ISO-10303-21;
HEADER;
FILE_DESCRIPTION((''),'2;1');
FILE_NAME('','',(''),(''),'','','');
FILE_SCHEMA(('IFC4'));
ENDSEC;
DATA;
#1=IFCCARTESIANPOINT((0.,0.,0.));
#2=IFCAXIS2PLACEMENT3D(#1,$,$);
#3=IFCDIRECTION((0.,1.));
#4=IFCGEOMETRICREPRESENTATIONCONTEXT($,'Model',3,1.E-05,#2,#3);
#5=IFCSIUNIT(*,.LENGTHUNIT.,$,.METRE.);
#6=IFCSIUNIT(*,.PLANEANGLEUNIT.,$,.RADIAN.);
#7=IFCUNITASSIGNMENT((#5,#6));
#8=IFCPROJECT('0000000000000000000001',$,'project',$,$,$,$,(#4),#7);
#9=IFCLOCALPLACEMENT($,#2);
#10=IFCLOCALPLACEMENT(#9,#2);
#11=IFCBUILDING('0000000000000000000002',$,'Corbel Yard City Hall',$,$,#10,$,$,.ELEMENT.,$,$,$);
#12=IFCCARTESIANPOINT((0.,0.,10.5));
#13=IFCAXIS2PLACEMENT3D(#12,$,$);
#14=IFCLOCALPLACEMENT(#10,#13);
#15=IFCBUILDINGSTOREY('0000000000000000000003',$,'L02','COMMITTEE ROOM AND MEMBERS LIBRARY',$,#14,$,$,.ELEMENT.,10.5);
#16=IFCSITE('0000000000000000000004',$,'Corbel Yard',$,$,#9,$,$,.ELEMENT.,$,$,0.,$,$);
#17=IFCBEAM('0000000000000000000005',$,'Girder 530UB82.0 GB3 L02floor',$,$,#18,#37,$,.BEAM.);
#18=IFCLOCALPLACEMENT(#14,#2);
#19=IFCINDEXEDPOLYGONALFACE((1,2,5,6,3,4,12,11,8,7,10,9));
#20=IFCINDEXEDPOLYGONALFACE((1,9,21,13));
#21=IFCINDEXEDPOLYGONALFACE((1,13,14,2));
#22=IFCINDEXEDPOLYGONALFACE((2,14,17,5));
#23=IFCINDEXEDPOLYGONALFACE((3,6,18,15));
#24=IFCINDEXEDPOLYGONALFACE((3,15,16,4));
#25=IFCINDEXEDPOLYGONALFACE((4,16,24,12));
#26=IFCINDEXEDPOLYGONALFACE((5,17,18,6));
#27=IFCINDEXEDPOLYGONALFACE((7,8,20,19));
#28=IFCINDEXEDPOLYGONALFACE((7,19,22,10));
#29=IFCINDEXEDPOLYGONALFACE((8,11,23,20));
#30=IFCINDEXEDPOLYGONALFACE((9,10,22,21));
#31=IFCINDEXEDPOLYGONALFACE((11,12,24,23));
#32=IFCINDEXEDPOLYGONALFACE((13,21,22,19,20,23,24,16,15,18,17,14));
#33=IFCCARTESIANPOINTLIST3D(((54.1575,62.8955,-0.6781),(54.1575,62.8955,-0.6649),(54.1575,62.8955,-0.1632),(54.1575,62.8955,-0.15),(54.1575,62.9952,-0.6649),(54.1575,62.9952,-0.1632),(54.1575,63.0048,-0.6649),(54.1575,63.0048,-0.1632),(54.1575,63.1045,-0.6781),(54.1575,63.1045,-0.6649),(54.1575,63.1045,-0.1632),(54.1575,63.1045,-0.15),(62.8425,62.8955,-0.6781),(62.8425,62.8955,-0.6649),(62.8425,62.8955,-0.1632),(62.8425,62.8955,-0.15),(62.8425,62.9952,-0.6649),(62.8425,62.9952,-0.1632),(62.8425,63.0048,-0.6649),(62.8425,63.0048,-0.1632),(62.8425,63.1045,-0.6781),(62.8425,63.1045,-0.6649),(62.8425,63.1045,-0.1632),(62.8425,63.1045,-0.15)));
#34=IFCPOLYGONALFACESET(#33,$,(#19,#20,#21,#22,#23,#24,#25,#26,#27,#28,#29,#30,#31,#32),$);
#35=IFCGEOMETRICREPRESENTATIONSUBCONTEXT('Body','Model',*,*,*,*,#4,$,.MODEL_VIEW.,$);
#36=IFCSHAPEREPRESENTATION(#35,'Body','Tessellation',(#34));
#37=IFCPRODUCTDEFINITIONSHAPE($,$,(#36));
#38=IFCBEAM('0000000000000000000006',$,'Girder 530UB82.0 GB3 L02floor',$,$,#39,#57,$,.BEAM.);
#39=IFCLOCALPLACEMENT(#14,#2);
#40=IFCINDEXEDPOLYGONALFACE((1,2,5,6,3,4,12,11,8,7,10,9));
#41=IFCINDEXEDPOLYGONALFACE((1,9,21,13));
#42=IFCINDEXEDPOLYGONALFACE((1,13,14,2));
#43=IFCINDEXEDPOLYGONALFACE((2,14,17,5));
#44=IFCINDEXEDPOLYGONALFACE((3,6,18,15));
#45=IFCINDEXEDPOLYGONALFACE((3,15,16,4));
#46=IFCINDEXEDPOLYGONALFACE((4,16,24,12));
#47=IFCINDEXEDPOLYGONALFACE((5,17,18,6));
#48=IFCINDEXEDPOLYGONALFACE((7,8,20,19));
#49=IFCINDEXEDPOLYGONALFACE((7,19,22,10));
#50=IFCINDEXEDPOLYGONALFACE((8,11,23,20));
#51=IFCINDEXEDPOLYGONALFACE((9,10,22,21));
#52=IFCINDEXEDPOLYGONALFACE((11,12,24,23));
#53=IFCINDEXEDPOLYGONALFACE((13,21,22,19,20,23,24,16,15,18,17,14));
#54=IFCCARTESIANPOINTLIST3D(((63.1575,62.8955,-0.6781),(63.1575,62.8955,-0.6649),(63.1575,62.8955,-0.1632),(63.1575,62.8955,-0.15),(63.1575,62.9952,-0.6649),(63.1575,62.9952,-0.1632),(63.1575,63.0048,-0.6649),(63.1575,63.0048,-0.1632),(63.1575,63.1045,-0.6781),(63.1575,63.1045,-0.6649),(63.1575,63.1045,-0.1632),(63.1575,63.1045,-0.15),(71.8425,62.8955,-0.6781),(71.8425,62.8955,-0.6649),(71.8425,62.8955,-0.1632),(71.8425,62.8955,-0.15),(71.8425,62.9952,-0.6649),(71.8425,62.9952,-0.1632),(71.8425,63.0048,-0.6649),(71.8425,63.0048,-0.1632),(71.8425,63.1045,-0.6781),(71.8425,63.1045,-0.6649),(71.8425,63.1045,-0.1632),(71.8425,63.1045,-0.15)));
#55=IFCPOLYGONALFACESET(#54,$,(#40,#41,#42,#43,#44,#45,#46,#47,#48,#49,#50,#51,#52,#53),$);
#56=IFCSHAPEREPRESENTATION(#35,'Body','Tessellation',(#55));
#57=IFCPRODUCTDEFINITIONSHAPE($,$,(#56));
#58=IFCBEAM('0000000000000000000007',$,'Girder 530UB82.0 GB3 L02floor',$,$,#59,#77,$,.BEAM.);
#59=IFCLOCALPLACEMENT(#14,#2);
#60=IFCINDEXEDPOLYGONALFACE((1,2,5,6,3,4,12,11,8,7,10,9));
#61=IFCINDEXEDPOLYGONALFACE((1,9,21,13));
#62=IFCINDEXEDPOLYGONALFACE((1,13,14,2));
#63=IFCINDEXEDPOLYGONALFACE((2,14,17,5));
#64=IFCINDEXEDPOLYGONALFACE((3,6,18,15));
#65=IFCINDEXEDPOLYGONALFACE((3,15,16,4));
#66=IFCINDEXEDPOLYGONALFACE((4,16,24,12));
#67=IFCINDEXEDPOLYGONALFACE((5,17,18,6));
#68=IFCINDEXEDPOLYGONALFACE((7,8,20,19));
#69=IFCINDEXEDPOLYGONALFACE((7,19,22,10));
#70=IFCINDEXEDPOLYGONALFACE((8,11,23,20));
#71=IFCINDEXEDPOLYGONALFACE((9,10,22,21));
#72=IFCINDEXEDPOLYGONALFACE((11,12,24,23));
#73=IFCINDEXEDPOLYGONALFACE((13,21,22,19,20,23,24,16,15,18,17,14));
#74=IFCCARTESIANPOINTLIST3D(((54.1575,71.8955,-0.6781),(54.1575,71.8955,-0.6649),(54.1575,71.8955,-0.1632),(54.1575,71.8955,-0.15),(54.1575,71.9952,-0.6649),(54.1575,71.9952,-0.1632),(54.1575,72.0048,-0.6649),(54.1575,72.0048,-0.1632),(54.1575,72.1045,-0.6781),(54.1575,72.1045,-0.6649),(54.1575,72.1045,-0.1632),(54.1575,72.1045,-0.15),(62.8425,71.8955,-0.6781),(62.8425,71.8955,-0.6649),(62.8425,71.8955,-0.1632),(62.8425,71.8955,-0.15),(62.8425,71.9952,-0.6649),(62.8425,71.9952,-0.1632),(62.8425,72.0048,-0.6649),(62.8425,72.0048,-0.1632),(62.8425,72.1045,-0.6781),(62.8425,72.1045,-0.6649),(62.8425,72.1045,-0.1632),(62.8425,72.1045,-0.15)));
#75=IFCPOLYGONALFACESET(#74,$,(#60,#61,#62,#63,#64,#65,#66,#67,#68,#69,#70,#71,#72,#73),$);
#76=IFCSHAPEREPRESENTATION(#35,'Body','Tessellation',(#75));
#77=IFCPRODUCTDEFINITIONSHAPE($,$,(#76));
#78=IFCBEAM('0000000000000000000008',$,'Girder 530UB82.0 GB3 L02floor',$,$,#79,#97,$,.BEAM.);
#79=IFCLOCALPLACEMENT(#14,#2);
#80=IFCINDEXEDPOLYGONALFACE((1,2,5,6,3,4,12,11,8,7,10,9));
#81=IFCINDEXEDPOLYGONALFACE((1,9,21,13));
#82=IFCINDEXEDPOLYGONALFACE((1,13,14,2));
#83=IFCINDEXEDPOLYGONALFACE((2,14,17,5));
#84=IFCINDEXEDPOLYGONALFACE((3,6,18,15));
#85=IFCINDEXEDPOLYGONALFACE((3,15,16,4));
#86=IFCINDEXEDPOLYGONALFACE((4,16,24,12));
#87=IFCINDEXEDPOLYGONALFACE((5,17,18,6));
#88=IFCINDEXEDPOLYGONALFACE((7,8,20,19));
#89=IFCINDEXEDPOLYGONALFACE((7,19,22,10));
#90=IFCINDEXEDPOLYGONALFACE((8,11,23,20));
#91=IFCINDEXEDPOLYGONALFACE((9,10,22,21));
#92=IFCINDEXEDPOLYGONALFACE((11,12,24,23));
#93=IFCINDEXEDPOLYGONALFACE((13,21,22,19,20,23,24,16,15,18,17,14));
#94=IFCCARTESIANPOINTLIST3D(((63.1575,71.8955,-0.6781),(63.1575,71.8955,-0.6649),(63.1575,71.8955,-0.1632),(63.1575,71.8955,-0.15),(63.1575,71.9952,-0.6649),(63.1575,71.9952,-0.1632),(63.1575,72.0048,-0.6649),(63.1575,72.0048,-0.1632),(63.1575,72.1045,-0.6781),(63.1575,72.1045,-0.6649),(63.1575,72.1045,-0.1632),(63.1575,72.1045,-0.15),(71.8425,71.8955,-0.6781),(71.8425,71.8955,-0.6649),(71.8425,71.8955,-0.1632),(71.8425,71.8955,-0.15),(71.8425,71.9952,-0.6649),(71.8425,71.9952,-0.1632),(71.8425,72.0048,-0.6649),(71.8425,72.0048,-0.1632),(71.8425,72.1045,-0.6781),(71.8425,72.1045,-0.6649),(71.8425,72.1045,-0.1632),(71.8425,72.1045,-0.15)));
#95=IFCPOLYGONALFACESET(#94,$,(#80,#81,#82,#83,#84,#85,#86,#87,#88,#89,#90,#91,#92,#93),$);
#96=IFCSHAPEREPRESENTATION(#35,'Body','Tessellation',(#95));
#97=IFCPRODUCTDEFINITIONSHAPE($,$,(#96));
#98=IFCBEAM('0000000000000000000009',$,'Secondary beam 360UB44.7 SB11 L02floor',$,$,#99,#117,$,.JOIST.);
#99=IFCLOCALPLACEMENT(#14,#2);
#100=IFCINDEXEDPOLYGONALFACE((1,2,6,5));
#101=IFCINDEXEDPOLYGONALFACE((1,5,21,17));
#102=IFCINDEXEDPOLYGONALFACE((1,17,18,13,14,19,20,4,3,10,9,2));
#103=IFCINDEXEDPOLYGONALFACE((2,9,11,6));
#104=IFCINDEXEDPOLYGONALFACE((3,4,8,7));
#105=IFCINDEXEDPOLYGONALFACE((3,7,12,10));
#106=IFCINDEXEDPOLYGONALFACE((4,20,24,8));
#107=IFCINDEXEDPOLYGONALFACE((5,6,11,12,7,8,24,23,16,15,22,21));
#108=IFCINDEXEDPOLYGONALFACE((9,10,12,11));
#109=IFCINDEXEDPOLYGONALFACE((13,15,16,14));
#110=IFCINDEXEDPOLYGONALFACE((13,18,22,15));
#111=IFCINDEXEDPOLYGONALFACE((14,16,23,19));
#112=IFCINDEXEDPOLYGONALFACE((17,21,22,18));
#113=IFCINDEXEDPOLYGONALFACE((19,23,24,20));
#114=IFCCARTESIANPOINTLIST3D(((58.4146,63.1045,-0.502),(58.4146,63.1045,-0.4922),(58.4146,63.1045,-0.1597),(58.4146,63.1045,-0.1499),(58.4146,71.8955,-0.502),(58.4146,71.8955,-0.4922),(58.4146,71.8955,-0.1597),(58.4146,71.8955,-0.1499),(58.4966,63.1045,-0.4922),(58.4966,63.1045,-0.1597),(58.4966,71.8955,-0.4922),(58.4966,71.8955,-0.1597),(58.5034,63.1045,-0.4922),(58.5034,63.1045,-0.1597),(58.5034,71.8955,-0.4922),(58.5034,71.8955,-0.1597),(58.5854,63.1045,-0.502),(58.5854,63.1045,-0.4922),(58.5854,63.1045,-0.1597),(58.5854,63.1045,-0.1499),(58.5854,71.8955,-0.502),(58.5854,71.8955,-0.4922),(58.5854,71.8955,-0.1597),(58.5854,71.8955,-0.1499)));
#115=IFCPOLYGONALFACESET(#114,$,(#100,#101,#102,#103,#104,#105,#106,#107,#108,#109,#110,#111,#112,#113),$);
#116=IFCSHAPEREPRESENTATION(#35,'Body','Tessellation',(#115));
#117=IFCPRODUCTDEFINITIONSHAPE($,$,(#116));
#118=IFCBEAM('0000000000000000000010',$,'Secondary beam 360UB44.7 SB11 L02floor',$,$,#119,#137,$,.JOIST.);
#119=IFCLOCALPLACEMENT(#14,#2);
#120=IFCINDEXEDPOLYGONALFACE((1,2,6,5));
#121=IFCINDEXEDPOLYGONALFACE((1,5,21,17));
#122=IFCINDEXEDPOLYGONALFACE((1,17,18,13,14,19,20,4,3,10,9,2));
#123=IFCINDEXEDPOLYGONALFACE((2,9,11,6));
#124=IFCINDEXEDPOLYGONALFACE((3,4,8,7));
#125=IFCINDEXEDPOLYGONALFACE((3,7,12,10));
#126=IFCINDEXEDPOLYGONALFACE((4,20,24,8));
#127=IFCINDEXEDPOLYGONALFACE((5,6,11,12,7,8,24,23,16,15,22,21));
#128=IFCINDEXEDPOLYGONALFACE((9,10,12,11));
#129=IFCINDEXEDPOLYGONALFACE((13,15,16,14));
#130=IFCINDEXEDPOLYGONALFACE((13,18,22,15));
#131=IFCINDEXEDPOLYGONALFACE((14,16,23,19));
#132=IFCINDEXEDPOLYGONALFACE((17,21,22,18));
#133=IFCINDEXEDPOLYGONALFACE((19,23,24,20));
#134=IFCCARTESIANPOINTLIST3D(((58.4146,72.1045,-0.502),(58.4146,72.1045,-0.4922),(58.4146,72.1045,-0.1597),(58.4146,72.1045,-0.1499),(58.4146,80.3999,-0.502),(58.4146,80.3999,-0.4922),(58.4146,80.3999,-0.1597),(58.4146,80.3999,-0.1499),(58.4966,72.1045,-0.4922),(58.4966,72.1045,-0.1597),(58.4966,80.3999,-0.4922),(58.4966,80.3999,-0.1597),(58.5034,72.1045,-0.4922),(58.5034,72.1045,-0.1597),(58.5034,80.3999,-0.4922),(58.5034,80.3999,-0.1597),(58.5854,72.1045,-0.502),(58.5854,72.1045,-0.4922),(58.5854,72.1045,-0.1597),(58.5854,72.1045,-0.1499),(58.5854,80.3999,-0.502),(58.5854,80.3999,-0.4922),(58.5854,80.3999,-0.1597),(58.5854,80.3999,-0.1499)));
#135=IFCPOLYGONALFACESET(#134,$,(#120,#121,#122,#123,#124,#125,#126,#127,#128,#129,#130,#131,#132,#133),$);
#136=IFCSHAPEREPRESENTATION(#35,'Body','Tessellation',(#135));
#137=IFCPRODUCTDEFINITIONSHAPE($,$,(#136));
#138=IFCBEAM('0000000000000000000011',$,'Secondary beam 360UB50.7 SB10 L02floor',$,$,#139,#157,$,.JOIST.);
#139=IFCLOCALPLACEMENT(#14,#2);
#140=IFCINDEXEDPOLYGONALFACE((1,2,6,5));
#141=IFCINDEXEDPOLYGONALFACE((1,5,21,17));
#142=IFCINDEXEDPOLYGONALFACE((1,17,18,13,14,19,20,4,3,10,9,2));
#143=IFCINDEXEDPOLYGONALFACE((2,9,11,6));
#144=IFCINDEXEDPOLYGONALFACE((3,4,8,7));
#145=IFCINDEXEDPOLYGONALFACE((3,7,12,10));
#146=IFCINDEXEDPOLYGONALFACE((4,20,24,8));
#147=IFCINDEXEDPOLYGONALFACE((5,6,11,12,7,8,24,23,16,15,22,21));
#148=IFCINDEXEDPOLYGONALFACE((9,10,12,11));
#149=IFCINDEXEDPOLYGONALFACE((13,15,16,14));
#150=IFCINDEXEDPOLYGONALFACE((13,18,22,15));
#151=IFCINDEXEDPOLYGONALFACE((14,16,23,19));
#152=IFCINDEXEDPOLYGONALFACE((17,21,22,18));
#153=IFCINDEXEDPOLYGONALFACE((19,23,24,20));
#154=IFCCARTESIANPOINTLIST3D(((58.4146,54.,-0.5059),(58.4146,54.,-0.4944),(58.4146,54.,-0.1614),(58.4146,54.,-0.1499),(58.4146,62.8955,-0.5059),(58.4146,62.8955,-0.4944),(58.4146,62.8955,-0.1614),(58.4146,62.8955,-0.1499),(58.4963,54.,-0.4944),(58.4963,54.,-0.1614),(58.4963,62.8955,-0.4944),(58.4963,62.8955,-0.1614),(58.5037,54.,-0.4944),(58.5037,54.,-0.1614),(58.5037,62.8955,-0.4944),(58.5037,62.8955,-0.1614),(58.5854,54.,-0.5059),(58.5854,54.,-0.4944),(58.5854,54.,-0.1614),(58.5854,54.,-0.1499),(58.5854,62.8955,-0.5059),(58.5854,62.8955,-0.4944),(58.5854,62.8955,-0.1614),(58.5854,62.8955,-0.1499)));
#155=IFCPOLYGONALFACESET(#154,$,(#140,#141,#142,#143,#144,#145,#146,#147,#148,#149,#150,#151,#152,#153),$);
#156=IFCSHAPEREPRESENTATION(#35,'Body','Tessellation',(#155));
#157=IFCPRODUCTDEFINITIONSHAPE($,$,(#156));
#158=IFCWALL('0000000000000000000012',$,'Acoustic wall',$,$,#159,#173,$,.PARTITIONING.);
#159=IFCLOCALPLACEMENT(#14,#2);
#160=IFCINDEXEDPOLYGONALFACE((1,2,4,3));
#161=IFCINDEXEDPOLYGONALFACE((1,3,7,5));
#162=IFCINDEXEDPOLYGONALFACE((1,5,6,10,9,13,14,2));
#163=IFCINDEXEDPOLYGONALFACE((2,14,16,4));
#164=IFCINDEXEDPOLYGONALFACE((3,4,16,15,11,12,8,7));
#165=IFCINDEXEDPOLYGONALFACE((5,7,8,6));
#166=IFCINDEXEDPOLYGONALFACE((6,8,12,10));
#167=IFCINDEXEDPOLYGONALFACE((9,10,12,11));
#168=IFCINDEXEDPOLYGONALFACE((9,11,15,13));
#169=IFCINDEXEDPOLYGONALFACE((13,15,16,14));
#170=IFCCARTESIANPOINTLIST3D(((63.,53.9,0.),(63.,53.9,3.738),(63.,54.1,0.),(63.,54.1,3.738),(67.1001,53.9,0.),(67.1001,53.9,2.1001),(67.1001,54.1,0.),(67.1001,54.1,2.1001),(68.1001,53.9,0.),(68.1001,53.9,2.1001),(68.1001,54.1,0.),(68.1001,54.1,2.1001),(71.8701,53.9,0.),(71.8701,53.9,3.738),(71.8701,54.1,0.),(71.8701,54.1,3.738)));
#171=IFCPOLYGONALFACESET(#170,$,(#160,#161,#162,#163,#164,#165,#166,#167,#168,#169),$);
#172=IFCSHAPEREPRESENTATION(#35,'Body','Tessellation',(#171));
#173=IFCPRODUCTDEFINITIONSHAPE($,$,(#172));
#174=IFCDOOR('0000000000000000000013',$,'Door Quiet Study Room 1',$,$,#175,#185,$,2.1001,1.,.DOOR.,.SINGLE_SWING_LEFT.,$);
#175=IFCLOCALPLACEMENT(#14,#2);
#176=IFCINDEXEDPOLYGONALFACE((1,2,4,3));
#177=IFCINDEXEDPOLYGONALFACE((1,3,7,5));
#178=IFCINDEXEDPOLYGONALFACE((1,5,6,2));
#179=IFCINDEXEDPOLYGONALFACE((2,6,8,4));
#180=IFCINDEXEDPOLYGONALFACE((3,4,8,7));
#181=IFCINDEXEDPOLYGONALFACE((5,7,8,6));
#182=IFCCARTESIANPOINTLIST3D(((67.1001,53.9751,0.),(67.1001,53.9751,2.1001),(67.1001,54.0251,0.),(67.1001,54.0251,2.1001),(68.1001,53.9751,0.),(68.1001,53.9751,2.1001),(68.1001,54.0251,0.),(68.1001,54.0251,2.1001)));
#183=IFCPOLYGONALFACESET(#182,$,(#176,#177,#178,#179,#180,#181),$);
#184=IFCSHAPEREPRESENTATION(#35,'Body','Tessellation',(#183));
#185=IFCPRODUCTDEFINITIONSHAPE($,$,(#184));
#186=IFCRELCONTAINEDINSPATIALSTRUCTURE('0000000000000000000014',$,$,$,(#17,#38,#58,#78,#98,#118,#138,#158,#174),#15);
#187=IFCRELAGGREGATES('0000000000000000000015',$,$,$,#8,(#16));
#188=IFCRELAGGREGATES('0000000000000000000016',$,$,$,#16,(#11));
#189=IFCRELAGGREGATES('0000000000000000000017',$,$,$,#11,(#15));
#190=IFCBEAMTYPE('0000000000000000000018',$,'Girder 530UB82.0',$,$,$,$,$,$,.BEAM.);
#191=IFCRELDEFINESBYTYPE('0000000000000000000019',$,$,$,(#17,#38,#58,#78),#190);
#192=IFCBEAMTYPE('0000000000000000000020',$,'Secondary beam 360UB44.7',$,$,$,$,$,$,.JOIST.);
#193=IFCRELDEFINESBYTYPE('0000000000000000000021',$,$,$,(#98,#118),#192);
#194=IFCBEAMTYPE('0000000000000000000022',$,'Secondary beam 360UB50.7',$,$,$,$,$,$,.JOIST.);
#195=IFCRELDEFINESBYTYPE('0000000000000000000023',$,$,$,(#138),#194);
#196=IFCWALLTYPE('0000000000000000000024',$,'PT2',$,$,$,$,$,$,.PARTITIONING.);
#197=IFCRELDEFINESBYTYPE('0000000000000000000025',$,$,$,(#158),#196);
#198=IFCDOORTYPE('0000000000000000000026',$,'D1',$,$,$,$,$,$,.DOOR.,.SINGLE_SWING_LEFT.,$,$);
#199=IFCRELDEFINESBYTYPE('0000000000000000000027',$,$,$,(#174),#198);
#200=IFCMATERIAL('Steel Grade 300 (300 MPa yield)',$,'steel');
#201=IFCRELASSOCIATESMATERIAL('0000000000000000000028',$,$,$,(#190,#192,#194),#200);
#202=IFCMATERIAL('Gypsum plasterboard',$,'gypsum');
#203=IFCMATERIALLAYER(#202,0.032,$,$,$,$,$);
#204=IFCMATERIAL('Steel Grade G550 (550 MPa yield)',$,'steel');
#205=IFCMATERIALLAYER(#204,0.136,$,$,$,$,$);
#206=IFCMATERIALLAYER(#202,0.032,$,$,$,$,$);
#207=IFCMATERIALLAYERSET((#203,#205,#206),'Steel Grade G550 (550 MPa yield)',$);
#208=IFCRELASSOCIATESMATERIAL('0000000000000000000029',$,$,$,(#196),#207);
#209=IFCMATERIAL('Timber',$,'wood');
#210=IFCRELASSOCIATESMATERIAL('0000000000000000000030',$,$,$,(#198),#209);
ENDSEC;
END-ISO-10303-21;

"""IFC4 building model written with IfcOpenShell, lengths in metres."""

from ifc_helpers import new_model, si_unit, direction, frame, frame_2d, origin, origin_2d, place, context, subcontext, project, spatial, rectangle, i_section, extrude, material, layer, layer_set, material_profile, profile_set, type_object, element, fill, save


model = new_model("IFC4")

# Units and contexts
model_context = context("Model", 3, precision=1e-05, world=origin(), true_north=direction((0.0, 1.0)))
body_context = subcontext(model_context, "Body", "Model", "MODEL_VIEW")
ifc_project = project(units=[si_unit("LENGTHUNIT", "METRE"), si_unit("PLANEANGLEUNIT", "RADIAN")], contexts=[model_context])

# Site, building, storey
site_placement = place(None, origin())
site = spatial("IfcSite", under=ifc_project, at=site_placement, Name="Corbel Yard", CompositionType="ELEMENT", RefElevation=0.0)
building_placement = place(site_placement, origin())
building = spatial("IfcBuilding", under=site, at=building_placement, Name="Corbel Yard City Hall", CompositionType="ELEMENT")
storey_placement = place(building_placement, frame((0.0, 0.0, 10.5)))
storey = spatial("IfcBuildingStorey", under=building, at=storey_placement, Name="L02", Description="COMMITTEE ROOM AND MEMBERS LIBRARY", CompositionType="ELEMENT", Elevation=10.5)

# Shared definitions
ifc_material_1 = material(Name="Steel Grade 300 (300 MPa yield)", Category="steel")

# Beams
ifc_material_profile_1 = material_profile(ifc_material_1, i_section(OverallWidth=0.209, OverallDepth=0.5281, WebThickness=0.0095, FlangeThickness=0.0132, at=origin_2d()), Name="530UB82.0")
ifc_profile_set_1 = profile_set([ifc_material_profile_1], Name="Steel Grade 300 (300 MPa yield)")
beam_type_1 = type_object("IfcBeamType", Name="Girder 530UB82.0", PredefinedType="BEAM", material=ifc_profile_set_1)
for number, where, z_axis, x_axis, name in (
    (1, (54.1575, 63.0, -0.4141), (1.0, 0.0, 0.0), (0.0, 1.0, 0.0), "Girder 530UB82.0 GB3 L02floor"),
    (2, (63.1575, 63.0, -0.4141), (1.0, 0.0, 0.0), (0.0, 1.0, 0.0), "Girder 530UB82.0 GB3 L02floor"),
    (3, (54.1575, 72.0, -0.4141), (1.0, 0.0, 0.0), (0.0, 1.0, 0.0), "Girder 530UB82.0 GB3 L02floor"),
    (4, (63.1575, 72.0, -0.4141), (1.0, 0.0, 0.0), (0.0, 1.0, 0.0), "Girder 530UB82.0 GB3 L02floor"),
):
    element("IfcBeam", number, at=place(storey_placement, frame(where, z_axis=z_axis, x_axis=x_axis)), inside=storey, type_object=beam_type_1, Name=name, PredefinedType="BEAM", context=body_context, shape_type="SweptSolid", body=[
        extrude(i_section(OverallWidth=0.209, OverallDepth=0.5281, WebThickness=0.0095, FlangeThickness=0.0132, at=origin_2d()), origin(), (0.0, 0.0, 1.0), 8.6851),
    ])
ifc_material_profile_2 = material_profile(ifc_material_1, i_section(OverallWidth=0.1709, OverallDepth=0.3521, WebThickness=0.0068, FlangeThickness=0.0098, at=origin_2d()), Name="360UB44.7")
ifc_profile_set_2 = profile_set([ifc_material_profile_2], Name="Steel Grade 300 (300 MPa yield)")
beam_type_2 = type_object("IfcBeamType", Name="Secondary beam 360UB44.7", PredefinedType="JOIST", material=ifc_profile_set_2)
beam_1_placement = place(storey_placement, frame((58.5, 63.1045, -0.3259), z_axis=(0.0, 1.0, 0.0), x_axis=(-1.0, 0.0, 0.0)))
element("IfcBeam", 5, at=beam_1_placement, inside=storey, type_object=beam_type_2, Name="Secondary beam 360UB44.7 SB11 L02floor", PredefinedType="JOIST", context=body_context, shape_type="SweptSolid", body=[
    extrude(i_section(OverallWidth=0.1709, OverallDepth=0.3521, WebThickness=0.0068, FlangeThickness=0.0098, at=origin_2d()), origin(), (0.0, 0.0, 1.0), 8.791),
])
beam_2_placement = place(storey_placement, frame((58.5, 72.1045, -0.3259), z_axis=(0.0, 1.0, 0.0), x_axis=(-1.0, 0.0, 0.0)))
element("IfcBeam", 6, at=beam_2_placement, inside=storey, type_object=beam_type_2, Name="Secondary beam 360UB44.7 SB11 L02floor", PredefinedType="JOIST", context=body_context, shape_type="SweptSolid", body=[
    extrude(i_section(OverallWidth=0.1709, OverallDepth=0.3521, WebThickness=0.0068, FlangeThickness=0.0098, at=origin_2d()), origin(), (0.0, 0.0, 1.0), 8.2954),
])
ifc_material_profile_3 = material_profile(ifc_material_1, i_section(OverallWidth=0.1709, OverallDepth=0.356, WebThickness=0.0073, FlangeThickness=0.0115, at=origin_2d()), Name="360UB50.7")
ifc_profile_set_3 = profile_set([ifc_material_profile_3], Name="Steel Grade 300 (300 MPa yield)")
beam_type_3 = type_object("IfcBeamType", Name="Secondary beam 360UB50.7", PredefinedType="JOIST", material=ifc_profile_set_3)
beam_3_placement = place(storey_placement, frame((58.5, 54.0, -0.3279), z_axis=(0.0, 1.0, 0.0), x_axis=(-1.0, 0.0, 0.0)))
element("IfcBeam", 7, at=beam_3_placement, inside=storey, type_object=beam_type_3, Name="Secondary beam 360UB50.7 SB10 L02floor", PredefinedType="JOIST", context=body_context, shape_type="SweptSolid", body=[
    extrude(i_section(OverallWidth=0.1709, OverallDepth=0.356, WebThickness=0.0073, FlangeThickness=0.0115, at=origin_2d()), origin(), (0.0, 0.0, 1.0), 8.8955),
])

# Wall, opening, door
ifc_material_2 = material(Name="Gypsum plasterboard", Category="gypsum")
ifc_layer_1 = layer(ifc_material_2, 0.032)
ifc_material_3 = material(Name="Steel Grade G550 (550 MPa yield)", Category="steel")
ifc_layer_2 = layer(ifc_material_3, 0.136)
ifc_layer_3 = layer(ifc_material_2, 0.032)
ifc_layer_set_1 = layer_set([ifc_layer_1, ifc_layer_2, ifc_layer_3], Name="Steel Grade G550 (550 MPa yield)")
wall_type_1 = type_object("IfcWallType", Name="PT2", PredefinedType="PARTITIONING", material=ifc_layer_set_1)
wall_1_placement = place(storey_placement, frame((63.0, 54.0, 0.0), z_axis=(0.0, 0.0, 1.0), x_axis=(1.0, 0.0, 0.0)))
wall_1 = element("IfcWall", 8, at=wall_1_placement, inside=storey, type_object=wall_type_1, Name="Acoustic wall", PredefinedType="PARTITIONING", context=body_context, shape_type="SweptSolid", body=[
    extrude(rectangle(XDim=8.8701, YDim=0.2, at=frame_2d((4.4351, 0.0))), origin(), (0.0, 0.0, 1.0), 3.738),
])
opening_1_placement = place(wall_1_placement, frame((4.1001, 0.0, 0.0)))
opening_1 = element("IfcOpeningElement", 9, at=opening_1_placement, cuts=wall_1, PredefinedType="OPENING", context=body_context, shape_type="SweptSolid", body=[
    extrude(rectangle(XDim=1.0, YDim=2.1001, at=frame_2d((0.5, 1.05))), frame((0.0, 0.1099, 0.0), z_axis=(0.0, -1.0, 0.0), x_axis=(1.0, 0.0, 0.0)), (0.0, 0.0, 1.0), 0.22),
])
ifc_material_4 = material(Name="Timber", Category="wood")
door_type_1 = type_object("IfcDoorType", Name="D1", OperationType="SINGLE_SWING_LEFT", PredefinedType="DOOR", material=ifc_material_4)
door_1_placement = place(opening_1_placement, frame((1.0, 0.0, 0.0), z_axis=(0.0, 0.0, 1.0), x_axis=(-1.0, 0.0, 0.0)))
door_1 = element("IfcDoor", 10, at=door_1_placement, inside=storey, type_object=door_type_1, Name="Door Quiet Study Room 1", OperationType="SINGLE_SWING_LEFT", OverallHeight=2.1001, OverallWidth=1.0, PredefinedType="DOOR", context=body_context, shape_type="SweptSolid", body=[
    extrude(rectangle(XDim=1.0, YDim=2.1001, at=frame_2d((0.5, 1.05))), frame((0.0, 0.0249, 0.0), z_axis=(0.0, -1.0, 0.0), x_axis=(1.0, 0.0, 0.0)), (0.0, 0.0, 1.0), 0.05),
])
fill(opening_1, door_1)

save(model, "model.ifc")
